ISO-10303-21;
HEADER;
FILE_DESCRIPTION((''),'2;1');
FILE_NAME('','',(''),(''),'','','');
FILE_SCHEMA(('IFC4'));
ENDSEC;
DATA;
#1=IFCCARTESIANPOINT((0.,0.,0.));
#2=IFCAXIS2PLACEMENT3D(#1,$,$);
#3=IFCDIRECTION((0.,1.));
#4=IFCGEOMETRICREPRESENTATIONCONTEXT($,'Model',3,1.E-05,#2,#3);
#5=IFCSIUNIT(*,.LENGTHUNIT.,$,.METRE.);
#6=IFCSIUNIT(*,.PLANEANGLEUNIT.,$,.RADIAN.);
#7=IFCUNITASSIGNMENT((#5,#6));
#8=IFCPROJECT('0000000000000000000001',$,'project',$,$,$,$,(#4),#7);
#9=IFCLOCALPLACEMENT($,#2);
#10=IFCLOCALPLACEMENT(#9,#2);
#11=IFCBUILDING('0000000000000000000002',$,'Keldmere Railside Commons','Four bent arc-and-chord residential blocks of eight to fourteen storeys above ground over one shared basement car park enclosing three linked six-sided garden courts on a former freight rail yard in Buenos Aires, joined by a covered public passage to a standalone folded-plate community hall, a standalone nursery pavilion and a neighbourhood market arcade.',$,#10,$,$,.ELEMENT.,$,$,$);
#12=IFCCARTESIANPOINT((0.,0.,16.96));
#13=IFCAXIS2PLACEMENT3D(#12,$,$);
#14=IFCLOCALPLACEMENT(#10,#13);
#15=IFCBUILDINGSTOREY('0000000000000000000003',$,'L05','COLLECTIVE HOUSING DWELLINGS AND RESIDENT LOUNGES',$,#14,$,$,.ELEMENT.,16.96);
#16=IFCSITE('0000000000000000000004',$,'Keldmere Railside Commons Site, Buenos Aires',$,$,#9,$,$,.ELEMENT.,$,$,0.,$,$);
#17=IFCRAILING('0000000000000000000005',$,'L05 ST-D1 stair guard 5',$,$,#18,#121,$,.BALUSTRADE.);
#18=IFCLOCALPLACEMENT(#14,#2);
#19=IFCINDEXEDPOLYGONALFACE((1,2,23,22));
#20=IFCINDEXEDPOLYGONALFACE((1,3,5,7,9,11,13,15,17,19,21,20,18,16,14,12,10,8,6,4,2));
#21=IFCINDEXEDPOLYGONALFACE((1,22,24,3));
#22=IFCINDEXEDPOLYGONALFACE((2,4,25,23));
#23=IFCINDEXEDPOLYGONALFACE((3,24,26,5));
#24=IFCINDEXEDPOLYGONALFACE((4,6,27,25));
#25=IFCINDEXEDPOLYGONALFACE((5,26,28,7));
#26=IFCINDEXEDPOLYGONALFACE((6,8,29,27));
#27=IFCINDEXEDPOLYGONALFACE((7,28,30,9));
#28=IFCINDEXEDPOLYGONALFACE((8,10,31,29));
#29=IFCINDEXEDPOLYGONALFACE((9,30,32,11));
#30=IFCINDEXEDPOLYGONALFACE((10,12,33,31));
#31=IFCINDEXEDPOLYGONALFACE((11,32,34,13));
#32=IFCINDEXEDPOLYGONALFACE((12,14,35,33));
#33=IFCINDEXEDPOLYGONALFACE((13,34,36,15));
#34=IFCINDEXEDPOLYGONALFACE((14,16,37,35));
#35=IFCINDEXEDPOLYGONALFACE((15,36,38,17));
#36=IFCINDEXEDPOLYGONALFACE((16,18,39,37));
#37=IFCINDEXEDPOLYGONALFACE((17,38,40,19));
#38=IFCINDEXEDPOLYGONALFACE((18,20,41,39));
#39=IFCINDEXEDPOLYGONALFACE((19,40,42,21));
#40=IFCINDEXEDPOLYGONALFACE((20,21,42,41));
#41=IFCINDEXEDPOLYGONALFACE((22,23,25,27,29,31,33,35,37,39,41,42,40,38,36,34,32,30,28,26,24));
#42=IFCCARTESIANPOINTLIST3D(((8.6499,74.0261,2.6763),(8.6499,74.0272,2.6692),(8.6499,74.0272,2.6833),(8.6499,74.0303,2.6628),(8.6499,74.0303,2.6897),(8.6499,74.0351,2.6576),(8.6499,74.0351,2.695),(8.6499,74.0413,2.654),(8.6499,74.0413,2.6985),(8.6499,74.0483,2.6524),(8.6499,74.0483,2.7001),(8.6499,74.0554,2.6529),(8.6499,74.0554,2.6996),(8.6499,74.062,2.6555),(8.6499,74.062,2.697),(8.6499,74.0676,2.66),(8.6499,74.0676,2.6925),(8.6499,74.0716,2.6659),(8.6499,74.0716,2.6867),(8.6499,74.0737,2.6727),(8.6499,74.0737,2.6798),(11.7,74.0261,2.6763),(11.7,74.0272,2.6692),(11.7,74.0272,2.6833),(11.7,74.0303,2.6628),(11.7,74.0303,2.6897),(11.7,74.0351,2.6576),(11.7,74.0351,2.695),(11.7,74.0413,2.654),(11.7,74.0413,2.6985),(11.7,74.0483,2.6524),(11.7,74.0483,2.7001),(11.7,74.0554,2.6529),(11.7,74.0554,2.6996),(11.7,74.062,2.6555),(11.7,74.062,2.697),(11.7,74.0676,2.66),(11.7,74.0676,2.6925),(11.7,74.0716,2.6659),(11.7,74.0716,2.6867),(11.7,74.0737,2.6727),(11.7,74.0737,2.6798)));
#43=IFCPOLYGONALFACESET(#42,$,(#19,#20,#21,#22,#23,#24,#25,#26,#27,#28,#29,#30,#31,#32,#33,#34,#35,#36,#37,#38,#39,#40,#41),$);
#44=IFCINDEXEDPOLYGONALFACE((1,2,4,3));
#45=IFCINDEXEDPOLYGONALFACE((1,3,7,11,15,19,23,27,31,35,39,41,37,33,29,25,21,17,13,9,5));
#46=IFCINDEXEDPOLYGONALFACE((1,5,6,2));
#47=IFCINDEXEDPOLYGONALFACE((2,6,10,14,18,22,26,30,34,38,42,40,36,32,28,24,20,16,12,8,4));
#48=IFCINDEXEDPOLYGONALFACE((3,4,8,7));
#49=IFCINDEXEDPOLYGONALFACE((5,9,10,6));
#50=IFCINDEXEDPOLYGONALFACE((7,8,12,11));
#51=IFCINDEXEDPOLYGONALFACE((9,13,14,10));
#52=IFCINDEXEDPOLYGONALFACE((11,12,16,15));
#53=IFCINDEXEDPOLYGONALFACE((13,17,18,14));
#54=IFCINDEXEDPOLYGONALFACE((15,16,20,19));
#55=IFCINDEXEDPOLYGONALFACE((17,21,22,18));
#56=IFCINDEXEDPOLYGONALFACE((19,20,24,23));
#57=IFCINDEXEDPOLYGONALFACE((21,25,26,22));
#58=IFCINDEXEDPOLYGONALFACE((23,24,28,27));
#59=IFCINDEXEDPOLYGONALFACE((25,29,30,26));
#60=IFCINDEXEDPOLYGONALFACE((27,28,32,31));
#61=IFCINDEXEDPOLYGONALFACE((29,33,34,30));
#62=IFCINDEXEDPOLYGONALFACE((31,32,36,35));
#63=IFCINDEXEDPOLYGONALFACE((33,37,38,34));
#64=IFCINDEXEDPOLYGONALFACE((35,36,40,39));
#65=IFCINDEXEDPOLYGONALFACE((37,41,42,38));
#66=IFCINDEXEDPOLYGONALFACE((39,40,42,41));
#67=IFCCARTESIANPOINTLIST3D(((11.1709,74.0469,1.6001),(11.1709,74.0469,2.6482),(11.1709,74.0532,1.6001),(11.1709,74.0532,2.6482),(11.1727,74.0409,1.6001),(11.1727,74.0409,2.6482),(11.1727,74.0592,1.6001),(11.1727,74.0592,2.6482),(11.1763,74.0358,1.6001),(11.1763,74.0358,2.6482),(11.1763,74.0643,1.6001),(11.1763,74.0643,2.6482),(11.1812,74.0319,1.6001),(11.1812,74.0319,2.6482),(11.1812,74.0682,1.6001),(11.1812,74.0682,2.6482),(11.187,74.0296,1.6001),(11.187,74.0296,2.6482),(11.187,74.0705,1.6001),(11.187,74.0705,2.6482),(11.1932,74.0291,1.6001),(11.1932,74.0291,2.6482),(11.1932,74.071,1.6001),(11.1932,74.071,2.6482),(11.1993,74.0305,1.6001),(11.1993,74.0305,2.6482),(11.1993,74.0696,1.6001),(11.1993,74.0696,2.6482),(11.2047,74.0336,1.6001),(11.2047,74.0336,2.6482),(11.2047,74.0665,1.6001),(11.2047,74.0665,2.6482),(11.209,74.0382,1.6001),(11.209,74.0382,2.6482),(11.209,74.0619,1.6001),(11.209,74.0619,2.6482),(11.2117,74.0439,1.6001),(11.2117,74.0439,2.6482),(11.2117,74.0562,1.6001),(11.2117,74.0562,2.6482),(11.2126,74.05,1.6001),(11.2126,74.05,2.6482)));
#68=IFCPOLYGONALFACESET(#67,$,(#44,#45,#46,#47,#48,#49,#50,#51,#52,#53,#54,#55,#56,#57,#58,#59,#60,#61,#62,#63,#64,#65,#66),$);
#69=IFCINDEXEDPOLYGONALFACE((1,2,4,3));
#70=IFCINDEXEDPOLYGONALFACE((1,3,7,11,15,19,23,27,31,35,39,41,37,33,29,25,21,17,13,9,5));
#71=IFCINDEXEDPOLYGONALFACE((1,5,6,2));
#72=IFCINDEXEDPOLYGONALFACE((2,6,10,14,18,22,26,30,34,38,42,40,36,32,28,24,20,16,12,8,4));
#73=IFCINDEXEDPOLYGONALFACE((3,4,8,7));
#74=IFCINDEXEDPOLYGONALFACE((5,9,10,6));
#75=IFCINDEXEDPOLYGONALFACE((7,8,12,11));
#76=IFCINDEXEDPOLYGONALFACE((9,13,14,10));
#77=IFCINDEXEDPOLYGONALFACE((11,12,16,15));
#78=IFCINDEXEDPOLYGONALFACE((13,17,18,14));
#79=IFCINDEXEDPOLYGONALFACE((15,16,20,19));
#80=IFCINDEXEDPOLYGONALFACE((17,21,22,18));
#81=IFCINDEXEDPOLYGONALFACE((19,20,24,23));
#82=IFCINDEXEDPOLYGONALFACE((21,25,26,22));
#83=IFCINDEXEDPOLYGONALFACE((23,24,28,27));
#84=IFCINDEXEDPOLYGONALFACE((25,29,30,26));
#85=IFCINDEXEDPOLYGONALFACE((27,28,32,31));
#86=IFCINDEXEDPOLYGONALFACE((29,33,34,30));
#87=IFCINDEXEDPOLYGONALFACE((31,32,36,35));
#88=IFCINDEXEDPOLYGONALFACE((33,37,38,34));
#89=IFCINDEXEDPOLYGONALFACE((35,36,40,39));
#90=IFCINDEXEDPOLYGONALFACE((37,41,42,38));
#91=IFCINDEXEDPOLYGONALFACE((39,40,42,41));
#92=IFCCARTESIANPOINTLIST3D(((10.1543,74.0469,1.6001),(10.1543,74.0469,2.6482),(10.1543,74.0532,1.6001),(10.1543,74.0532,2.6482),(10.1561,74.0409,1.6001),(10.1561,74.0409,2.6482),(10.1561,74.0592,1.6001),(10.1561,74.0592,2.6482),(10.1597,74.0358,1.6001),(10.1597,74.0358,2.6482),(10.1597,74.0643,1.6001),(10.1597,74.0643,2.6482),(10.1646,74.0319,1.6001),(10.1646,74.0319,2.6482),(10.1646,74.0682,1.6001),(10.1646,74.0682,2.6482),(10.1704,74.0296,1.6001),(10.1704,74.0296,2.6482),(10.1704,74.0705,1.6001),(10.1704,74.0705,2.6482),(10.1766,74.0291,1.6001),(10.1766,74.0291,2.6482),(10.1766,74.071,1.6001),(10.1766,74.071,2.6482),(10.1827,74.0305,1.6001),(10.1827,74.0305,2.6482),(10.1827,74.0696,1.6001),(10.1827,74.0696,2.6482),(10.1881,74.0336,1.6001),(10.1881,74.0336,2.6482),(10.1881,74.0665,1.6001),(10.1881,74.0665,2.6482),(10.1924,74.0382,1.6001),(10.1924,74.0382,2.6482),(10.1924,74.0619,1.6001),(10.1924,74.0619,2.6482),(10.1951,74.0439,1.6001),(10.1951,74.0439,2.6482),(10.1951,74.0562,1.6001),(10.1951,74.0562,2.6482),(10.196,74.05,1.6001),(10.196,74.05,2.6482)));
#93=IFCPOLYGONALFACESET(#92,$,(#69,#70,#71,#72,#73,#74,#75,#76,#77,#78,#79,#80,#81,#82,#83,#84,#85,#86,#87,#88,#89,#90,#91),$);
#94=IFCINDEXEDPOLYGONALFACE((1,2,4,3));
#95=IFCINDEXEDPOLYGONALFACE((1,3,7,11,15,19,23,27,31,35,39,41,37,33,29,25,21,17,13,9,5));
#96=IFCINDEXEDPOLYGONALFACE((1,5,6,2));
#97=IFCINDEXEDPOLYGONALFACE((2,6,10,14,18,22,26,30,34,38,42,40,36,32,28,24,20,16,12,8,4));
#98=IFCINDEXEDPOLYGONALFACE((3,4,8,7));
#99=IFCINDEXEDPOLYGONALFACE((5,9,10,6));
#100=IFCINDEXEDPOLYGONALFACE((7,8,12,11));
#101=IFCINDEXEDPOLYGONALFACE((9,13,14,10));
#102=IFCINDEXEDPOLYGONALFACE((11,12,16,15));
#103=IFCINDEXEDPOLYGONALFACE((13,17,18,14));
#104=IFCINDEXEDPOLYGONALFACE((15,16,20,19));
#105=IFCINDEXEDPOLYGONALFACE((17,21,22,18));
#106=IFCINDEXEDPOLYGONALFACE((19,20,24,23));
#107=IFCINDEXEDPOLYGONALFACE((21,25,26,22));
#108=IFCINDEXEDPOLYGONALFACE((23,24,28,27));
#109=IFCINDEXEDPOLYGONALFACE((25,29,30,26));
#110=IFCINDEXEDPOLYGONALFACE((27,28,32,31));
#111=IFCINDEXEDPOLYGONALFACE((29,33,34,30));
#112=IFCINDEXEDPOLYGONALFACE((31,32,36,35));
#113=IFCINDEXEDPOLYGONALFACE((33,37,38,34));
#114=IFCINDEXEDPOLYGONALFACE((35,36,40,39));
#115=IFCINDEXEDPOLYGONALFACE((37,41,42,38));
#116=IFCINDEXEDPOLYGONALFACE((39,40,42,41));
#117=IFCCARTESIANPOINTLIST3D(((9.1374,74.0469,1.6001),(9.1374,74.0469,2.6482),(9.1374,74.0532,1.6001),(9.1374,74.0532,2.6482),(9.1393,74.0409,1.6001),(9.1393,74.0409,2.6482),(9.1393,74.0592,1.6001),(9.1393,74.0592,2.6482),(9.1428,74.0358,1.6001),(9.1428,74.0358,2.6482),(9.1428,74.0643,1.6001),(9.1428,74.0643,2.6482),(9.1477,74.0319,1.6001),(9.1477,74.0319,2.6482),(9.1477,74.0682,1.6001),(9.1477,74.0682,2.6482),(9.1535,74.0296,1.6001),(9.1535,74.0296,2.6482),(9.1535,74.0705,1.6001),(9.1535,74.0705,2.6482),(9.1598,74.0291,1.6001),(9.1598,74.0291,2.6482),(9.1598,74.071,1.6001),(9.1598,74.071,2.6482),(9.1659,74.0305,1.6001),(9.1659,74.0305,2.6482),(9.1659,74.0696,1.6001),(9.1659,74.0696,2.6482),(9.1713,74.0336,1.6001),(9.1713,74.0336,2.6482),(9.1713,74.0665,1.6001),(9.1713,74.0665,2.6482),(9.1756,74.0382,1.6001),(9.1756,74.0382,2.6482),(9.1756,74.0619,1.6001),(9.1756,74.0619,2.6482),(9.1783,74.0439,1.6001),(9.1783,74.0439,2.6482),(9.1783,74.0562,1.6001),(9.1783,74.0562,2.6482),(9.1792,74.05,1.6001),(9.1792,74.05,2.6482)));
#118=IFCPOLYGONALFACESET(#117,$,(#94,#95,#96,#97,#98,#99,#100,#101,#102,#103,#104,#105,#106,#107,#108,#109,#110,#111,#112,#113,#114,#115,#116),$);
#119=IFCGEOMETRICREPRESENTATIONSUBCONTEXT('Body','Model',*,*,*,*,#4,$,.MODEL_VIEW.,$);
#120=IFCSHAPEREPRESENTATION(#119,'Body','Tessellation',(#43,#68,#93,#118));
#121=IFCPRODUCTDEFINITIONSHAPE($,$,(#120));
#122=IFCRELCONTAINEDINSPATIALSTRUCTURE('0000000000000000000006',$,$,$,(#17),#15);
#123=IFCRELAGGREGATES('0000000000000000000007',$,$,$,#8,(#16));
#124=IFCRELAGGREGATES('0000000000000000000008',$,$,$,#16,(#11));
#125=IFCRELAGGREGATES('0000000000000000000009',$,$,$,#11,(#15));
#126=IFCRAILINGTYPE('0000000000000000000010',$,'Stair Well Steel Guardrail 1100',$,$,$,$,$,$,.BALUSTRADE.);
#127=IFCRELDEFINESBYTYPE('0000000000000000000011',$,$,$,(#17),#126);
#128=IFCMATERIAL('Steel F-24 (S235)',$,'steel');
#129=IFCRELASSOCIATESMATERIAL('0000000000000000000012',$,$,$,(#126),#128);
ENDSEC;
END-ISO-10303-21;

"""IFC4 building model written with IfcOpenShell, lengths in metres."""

from ifc_helpers import new_model, si_unit, direction, frame, origin, origin_2d, place, context, subcontext, project, spatial, circle, extrude, material, type_object, element, save


model = new_model("IFC4")

# Units and contexts
model_context = context("Model", 3, precision=1e-05, world=origin(), true_north=direction((0.0, 1.0)))
body_context = subcontext(model_context, "Body", "Model", "MODEL_VIEW")
ifc_project = project(units=[si_unit("LENGTHUNIT", "METRE"), si_unit("PLANEANGLEUNIT", "RADIAN")], contexts=[model_context])

# Site, building, storey
site_placement = place(None, origin())
site = spatial("IfcSite", under=ifc_project, at=site_placement, Name="Keldmere Railside Commons Site, Buenos Aires", CompositionType="ELEMENT", RefElevation=0.0)
building_placement = place(site_placement, origin())
building = spatial("IfcBuilding", under=site, at=building_placement, Name="Keldmere Railside Commons", Description="Four bent arc-and-chord residential blocks of eight to fourteen storeys above ground over one shared basement car park enclosing three linked six-sided garden courts on a former freight rail yard in Buenos Aires, joined by a covered public passage to a standalone folded-plate community hall, a standalone nursery pavilion and a neighbourhood market arcade.", CompositionType="ELEMENT")
storey_placement = place(building_placement, frame((0.0, 0.0, 16.96)))
storey = spatial("IfcBuildingStorey", under=building, at=storey_placement, Name="L05", Description="COLLECTIVE HOUSING DWELLINGS AND RESIDENT LOUNGES", CompositionType="ELEMENT", Elevation=16.96)

# Shared definitions
ifc_material_1 = material(Name="Steel F-24 (S235)", Category="steel")

# Railing
railing_type_1 = type_object("IfcRailingType", Name="Stair Well Steel Guardrail 1100", PredefinedType="BALUSTRADE", material=ifc_material_1)
railing_1_placement = place(storey_placement, frame((11.7, 74.05, 1.6001)))
element("IfcRailing", 1, at=railing_1_placement, inside=storey, type_object=railing_type_1, Name="L05 ST-D1 stair guard 5", PredefinedType="BALUSTRADE", context=body_context, shape_type="SweptSolid", body=[
    extrude(circle(Radius=0.0239, at=origin_2d()), frame((0.0, 0.0, 1.0762), z_axis=(-1.0, 0.0, 0.0), x_axis=(0.0, -1.0, 0.0)), (0.0, 0.0, 1.0), 3.05),
    extrude(circle(Radius=0.021, at=origin_2d()), frame((-0.5083, 0.0, 0.0)), (0.0, 0.0, 1.0), 1.0481),
    extrude(circle(Radius=0.021, at=origin_2d()), frame((-1.5249, 0.0, 0.0)), (0.0, 0.0, 1.0), 1.0481),
    extrude(circle(Radius=0.021, at=origin_2d()), frame((-2.5417, 0.0, 0.0)), (0.0, 0.0, 1.0), 1.0481),
])

save(model, "model.ifc")
